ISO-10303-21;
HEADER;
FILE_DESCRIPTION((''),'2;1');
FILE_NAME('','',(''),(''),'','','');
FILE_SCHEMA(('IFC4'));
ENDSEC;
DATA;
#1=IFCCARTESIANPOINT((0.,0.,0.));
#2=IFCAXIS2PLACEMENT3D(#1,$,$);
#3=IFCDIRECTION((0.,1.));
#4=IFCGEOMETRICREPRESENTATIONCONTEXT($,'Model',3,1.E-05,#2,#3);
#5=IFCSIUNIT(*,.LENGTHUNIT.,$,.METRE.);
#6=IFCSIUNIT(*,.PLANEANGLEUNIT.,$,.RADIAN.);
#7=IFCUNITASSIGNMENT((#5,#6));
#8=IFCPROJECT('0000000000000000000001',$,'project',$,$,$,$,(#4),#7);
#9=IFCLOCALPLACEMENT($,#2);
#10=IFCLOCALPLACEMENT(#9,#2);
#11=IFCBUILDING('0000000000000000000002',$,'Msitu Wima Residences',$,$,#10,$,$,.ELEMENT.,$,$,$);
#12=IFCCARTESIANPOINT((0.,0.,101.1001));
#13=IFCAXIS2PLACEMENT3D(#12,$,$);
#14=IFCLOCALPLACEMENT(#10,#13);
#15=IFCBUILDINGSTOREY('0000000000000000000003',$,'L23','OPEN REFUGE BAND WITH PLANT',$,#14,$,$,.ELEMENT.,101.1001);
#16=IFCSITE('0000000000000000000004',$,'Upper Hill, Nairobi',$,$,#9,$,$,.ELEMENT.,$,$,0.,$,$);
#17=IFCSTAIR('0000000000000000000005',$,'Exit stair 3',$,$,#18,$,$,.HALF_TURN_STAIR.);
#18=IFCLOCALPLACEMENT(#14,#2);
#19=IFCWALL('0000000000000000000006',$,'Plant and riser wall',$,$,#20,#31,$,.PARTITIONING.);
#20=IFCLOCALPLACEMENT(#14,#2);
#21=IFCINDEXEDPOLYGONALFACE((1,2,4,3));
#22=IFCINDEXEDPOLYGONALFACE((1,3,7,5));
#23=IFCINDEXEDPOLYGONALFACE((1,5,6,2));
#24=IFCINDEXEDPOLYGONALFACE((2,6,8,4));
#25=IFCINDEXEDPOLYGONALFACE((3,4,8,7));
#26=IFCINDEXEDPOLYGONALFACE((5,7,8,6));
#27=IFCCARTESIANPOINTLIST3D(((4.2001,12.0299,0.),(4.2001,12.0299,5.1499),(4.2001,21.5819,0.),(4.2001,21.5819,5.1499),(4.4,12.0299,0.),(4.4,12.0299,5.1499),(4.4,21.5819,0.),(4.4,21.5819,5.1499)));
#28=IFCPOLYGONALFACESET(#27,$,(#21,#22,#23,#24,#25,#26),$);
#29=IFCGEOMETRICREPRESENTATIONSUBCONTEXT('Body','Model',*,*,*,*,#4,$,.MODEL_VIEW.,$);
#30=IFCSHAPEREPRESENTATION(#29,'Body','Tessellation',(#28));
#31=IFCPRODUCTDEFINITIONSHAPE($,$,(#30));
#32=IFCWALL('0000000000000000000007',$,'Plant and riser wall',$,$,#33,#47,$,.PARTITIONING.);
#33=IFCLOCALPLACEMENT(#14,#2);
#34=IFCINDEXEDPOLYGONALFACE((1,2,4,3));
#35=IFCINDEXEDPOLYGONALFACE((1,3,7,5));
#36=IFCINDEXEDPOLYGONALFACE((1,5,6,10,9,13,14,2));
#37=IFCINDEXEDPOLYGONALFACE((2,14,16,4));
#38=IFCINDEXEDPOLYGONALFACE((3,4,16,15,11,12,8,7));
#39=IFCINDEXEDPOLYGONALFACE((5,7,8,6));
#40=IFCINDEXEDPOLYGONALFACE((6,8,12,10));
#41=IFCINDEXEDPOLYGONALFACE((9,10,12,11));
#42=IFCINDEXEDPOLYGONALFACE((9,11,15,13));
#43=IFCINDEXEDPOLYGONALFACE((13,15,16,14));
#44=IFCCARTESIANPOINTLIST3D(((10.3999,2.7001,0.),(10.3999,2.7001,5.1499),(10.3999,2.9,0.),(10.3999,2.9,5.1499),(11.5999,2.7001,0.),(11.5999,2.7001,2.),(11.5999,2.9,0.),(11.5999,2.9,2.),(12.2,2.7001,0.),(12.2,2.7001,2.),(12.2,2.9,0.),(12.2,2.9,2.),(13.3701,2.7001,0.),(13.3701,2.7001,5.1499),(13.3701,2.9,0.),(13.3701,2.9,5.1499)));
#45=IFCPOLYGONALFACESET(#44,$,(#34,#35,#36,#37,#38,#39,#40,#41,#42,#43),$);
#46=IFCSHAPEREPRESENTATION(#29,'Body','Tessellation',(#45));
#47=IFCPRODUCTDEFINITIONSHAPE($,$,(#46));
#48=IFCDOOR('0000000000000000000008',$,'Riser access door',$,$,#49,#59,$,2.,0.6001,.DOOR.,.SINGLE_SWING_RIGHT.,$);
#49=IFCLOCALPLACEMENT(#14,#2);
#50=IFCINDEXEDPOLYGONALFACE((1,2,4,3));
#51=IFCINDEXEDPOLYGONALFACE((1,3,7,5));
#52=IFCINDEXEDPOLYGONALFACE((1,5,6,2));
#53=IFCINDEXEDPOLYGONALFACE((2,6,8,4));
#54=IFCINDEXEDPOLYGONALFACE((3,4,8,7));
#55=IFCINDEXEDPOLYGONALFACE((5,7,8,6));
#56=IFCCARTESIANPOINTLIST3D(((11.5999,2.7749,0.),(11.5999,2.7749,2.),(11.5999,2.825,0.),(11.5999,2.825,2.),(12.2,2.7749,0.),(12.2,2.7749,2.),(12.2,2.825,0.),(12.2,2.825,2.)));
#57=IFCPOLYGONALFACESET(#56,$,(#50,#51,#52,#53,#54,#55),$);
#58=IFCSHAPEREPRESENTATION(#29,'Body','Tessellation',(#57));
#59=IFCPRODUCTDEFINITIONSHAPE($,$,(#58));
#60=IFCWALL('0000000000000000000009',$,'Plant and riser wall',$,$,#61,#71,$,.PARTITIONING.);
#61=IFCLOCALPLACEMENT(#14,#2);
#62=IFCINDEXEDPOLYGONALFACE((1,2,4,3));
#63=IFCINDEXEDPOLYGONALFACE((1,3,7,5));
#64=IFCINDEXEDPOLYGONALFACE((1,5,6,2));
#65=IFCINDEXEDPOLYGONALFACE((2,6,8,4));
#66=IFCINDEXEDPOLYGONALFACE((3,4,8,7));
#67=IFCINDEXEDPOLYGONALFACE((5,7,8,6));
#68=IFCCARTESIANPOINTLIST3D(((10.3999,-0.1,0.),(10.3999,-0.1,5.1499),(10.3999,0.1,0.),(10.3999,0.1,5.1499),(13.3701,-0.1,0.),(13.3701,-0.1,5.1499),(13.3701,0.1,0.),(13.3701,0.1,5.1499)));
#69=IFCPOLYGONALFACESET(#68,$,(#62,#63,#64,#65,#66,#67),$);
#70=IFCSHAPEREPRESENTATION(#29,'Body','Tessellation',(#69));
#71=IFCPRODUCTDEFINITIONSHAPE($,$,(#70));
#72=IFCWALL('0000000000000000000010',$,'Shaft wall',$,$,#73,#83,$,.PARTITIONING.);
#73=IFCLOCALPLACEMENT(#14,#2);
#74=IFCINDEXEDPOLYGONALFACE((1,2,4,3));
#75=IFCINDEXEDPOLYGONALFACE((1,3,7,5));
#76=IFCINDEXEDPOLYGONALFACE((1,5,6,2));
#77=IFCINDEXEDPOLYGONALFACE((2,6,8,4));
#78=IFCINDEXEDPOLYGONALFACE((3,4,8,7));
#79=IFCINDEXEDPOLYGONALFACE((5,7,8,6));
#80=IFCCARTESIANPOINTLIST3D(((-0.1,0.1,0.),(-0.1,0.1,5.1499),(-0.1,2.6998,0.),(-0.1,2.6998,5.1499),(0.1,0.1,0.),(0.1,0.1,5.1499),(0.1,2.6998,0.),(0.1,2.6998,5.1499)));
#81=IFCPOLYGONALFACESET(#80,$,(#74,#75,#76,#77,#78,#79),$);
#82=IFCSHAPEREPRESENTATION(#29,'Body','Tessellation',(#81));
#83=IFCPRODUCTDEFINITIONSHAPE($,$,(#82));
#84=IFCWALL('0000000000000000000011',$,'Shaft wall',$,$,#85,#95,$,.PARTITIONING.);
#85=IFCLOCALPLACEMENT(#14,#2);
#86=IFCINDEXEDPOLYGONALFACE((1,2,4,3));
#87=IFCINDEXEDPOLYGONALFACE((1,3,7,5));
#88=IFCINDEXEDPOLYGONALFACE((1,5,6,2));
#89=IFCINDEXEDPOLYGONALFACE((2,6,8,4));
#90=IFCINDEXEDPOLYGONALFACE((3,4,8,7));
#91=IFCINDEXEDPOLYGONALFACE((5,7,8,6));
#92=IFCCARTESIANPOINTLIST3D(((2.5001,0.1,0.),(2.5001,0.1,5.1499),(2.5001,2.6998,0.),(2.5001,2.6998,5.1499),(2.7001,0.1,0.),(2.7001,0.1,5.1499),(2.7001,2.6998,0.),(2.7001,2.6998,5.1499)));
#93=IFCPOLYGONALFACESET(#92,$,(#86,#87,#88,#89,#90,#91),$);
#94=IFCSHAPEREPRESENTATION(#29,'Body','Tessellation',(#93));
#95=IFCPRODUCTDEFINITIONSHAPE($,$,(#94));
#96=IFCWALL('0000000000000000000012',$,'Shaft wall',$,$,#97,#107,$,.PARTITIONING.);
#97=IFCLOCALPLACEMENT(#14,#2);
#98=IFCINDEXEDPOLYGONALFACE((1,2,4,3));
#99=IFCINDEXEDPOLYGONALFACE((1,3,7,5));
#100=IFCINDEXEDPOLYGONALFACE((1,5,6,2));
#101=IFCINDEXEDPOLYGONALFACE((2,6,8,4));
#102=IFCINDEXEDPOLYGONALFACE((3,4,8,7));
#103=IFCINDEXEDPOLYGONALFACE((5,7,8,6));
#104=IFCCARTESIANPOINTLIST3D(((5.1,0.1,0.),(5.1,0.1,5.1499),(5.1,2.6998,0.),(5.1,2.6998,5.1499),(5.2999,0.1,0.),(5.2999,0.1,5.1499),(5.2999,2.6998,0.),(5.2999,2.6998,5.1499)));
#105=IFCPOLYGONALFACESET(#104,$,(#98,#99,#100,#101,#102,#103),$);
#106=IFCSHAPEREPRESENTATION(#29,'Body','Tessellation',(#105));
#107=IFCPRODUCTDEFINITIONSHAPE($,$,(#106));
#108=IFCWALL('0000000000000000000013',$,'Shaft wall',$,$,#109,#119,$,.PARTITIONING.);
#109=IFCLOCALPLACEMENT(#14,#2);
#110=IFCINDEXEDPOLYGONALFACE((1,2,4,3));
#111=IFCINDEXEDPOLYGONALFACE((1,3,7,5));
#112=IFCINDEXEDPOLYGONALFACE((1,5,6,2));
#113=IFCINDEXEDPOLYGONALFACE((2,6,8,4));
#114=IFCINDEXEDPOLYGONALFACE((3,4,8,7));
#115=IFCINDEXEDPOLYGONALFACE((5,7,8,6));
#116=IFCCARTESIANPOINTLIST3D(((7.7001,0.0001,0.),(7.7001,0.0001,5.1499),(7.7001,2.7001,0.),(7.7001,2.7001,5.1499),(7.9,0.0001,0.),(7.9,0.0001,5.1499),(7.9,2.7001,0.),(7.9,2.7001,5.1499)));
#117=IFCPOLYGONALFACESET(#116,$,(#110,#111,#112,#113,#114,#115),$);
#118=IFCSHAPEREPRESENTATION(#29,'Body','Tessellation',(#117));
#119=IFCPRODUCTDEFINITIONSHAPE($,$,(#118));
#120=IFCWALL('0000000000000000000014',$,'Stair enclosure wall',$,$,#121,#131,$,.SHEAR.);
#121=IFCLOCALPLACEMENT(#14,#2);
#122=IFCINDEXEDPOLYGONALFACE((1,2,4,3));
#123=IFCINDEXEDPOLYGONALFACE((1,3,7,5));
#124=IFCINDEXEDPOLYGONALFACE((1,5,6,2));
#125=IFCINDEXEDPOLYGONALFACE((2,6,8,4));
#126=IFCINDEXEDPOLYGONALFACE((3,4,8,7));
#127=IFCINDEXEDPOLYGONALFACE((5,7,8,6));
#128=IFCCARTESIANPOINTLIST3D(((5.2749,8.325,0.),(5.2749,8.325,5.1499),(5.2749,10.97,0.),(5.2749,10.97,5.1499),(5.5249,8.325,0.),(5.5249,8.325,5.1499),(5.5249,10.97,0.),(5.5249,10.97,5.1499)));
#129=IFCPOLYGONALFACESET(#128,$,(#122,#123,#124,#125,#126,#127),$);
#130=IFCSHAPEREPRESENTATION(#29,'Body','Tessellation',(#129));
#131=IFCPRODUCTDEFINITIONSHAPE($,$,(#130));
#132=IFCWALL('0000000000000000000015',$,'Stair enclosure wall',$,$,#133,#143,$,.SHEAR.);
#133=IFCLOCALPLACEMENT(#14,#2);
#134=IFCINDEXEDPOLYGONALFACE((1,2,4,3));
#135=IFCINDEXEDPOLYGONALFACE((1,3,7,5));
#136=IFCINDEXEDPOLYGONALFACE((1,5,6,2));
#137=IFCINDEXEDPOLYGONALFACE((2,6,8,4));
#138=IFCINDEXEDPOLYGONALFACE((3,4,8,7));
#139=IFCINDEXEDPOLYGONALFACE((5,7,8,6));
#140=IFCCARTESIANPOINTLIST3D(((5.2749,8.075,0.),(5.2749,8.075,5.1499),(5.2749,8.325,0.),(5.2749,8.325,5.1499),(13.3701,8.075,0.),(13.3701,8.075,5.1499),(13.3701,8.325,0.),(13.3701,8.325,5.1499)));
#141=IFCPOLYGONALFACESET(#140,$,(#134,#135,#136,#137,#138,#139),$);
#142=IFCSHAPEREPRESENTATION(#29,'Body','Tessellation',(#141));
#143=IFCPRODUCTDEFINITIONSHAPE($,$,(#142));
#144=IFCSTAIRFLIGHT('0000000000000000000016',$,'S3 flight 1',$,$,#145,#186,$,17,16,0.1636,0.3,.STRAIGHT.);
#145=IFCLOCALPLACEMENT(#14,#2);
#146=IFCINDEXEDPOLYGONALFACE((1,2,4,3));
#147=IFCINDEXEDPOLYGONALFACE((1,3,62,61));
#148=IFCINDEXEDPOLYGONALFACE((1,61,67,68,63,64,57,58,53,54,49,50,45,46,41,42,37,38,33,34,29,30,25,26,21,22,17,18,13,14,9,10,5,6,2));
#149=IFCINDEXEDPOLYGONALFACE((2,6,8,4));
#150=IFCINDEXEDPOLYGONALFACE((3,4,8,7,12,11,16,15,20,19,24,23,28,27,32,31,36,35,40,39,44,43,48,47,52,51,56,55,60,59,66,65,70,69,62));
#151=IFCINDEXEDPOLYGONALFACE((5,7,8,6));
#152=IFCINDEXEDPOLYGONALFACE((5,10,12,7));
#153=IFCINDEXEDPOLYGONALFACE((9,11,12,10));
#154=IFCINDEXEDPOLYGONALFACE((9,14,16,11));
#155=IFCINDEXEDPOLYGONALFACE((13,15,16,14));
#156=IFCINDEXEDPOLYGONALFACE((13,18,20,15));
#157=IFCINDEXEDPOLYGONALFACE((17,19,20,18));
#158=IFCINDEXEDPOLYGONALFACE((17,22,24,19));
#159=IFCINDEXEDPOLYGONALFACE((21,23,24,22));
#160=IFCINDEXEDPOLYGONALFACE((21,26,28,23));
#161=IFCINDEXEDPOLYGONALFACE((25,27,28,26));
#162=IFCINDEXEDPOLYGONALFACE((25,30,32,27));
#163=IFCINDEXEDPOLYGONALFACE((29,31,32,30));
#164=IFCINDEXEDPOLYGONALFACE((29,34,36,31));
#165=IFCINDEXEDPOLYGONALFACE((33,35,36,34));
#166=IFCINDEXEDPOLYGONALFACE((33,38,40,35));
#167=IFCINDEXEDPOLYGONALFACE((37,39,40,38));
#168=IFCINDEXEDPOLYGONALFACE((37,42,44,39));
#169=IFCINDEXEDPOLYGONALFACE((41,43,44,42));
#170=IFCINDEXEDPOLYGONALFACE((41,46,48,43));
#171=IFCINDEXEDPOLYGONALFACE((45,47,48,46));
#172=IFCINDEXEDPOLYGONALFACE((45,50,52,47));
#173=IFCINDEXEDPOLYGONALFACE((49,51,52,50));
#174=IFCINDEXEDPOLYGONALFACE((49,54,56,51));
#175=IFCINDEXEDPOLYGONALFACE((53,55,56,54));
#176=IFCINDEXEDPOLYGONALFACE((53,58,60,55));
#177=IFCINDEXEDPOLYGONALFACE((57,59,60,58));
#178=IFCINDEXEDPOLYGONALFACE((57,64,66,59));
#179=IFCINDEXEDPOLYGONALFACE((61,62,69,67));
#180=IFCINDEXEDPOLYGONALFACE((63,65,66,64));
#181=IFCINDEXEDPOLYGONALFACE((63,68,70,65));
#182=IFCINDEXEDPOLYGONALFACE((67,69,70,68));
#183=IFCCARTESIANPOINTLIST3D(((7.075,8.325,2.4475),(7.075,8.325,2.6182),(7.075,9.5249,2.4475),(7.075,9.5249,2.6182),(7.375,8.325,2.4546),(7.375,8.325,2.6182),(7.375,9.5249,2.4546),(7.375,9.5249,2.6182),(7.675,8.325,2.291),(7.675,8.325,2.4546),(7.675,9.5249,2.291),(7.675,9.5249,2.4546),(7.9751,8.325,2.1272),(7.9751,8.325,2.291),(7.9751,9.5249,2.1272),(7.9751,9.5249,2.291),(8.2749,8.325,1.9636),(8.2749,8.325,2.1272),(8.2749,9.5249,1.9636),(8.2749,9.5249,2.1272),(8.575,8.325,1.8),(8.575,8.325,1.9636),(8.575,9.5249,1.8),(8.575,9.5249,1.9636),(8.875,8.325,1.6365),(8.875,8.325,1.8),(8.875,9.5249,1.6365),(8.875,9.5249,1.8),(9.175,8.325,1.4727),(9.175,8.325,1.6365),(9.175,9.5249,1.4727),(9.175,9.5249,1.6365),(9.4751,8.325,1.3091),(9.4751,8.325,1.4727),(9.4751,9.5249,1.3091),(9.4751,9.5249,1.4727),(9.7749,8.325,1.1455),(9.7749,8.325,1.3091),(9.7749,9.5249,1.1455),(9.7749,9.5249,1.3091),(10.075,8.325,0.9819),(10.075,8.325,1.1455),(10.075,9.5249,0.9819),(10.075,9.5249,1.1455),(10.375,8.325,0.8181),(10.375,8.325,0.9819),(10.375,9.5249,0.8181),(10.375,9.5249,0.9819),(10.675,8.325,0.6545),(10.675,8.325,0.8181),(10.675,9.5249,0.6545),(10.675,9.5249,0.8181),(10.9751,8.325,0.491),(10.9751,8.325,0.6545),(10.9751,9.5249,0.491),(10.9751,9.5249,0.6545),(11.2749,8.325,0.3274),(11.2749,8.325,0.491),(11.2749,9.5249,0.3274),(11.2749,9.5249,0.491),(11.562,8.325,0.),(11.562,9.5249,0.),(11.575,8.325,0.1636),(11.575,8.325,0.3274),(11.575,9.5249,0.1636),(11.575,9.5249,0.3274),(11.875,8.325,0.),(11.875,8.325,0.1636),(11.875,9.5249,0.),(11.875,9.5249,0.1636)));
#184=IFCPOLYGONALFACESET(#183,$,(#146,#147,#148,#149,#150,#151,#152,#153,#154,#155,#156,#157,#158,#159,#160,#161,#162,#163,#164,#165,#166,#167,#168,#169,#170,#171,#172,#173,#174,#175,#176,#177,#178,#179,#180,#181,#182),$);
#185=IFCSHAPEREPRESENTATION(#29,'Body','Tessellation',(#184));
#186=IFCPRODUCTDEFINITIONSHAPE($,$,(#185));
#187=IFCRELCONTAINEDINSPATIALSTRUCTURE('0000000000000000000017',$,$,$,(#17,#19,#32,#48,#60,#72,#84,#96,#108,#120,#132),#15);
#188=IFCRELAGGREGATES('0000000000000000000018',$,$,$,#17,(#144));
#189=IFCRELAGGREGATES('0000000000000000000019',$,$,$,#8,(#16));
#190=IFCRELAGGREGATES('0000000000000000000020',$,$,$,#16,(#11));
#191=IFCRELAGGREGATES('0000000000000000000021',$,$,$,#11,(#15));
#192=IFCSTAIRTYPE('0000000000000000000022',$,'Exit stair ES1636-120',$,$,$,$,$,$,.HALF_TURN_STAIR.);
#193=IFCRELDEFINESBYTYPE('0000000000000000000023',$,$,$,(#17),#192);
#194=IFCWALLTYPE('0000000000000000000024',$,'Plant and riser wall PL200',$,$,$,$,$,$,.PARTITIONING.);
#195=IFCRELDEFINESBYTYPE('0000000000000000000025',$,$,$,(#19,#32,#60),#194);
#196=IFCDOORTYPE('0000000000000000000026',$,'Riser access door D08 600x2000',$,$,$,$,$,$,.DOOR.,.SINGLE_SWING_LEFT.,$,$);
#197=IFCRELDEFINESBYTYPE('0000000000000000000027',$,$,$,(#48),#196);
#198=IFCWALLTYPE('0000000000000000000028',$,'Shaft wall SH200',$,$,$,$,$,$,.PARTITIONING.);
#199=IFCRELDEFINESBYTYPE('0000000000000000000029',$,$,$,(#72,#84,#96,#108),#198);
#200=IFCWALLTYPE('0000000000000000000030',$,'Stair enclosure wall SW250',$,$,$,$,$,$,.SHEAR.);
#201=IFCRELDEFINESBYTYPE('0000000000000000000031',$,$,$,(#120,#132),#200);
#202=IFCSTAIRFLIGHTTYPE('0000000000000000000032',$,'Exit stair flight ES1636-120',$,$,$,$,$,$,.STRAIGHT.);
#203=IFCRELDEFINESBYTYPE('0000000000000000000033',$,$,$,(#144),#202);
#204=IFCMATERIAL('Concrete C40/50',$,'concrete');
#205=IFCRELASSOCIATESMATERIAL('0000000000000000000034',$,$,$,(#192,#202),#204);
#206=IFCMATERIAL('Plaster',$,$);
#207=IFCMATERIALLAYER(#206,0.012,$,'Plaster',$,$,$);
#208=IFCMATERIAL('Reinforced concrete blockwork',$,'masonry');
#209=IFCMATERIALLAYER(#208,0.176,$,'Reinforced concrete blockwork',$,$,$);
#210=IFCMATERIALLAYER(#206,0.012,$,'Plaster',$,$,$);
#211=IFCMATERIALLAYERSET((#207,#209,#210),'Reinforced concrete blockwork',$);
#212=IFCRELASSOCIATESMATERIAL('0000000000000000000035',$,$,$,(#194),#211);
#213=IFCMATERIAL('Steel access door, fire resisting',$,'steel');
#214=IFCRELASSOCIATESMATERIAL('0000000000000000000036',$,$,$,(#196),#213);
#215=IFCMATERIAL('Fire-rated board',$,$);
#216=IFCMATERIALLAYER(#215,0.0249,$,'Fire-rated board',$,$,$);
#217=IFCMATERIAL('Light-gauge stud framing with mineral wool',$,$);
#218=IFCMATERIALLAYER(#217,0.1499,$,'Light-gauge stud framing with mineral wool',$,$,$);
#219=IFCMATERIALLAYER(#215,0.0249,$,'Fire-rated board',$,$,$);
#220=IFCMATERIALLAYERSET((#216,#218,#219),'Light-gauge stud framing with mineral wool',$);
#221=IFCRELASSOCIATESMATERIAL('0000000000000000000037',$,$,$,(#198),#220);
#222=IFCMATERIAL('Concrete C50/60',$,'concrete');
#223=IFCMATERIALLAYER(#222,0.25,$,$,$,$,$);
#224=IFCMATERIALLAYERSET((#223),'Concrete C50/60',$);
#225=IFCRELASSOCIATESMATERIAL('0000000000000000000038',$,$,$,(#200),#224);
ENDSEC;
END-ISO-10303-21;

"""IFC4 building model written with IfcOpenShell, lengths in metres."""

from ifc_helpers import new_model, si_unit, direction, frame, frame_2d, origin, place, context, subcontext, project, spatial, polyline, rectangle, outline, extrude, material, layer, layer_set, type_object, element, fill, aggregate, save


model = new_model("IFC4")

# Units and contexts
model_context = context("Model", 3, precision=1e-05, world=origin(), true_north=direction((0.0, 1.0)))
body_context = subcontext(model_context, "Body", "Model", "MODEL_VIEW")
ifc_project = project(units=[si_unit("LENGTHUNIT", "METRE"), si_unit("PLANEANGLEUNIT", "RADIAN")], contexts=[model_context])

# Site, building, storey
site_placement = place(None, origin())
site = spatial("IfcSite", under=ifc_project, at=site_placement, Name="Upper Hill, Nairobi", CompositionType="ELEMENT", RefElevation=0.0)
building_placement = place(site_placement, origin())
building = spatial("IfcBuilding", under=site, at=building_placement, Name="Msitu Wima Residences", CompositionType="ELEMENT")
storey_placement = place(building_placement, frame((0.0, 0.0, 101.1001)))
storey = spatial("IfcBuildingStorey", under=building, at=storey_placement, Name="L23", Description="OPEN REFUGE BAND WITH PLANT", CompositionType="ELEMENT", Elevation=101.1001)

# Shared definitions
ifc_material_1 = material(Name="Concrete C50/60", Category="concrete")
ifc_material_2 = material(Name="Concrete C40/50", Category="concrete")

# Stair
stair_type = type_object("IfcStairType", Name="Exit stair ES1636-120", PredefinedType="HALF_TURN_STAIR", material=ifc_material_2)
stair_1_placement = place(storey_placement, origin())
stair_1 = element("IfcStair", 1, at=stair_1_placement, inside=storey, type_object=stair_type, Name="Exit stair 3", PredefinedType="HALF_TURN_STAIR")

# Wall
ifc_material_3 = material(Name="Plaster")
ifc_layer_1 = layer(ifc_material_3, 0.012, Name="Plaster")
ifc_material_4 = material(Name="Reinforced concrete blockwork", Category="masonry")
ifc_layer_2 = layer(ifc_material_4, 0.176, Name="Reinforced concrete blockwork")
ifc_layer_3 = layer(ifc_material_3, 0.012, Name="Plaster")
ifc_layer_set_1 = layer_set([ifc_layer_1, ifc_layer_2, ifc_layer_3], Name="Reinforced concrete blockwork")
wall_type_1 = type_object("IfcWallType", Name="Plant and riser wall PL200", PredefinedType="PARTITIONING", material=ifc_layer_set_1)
wall_1_placement = place(storey_placement, frame((4.3, 12.03, 0.0), z_axis=(0.0, 0.0, 1.0), x_axis=(0.0, 1.0, 0.0)))
element("IfcWall", 2, at=wall_1_placement, inside=storey, type_object=wall_type_1, Name="Plant and riser wall", PredefinedType="PARTITIONING", context=body_context, shape_type="SweptSolid", body=[
    extrude(rectangle(XDim=9.552, YDim=0.2, at=frame_2d((4.7759, 0.0))), origin(), (0.0, 0.0, 1.0), 5.1499),
])

# Wall, opening, door
wall_2_placement = place(storey_placement, frame((10.3999, 2.8, 0.0), z_axis=(0.0, 0.0, 1.0), x_axis=(1.0, 0.0, 0.0)))
wall_2 = element("IfcWall", 3, at=wall_2_placement, inside=storey, type_object=wall_type_1, Name="Plant and riser wall", PredefinedType="PARTITIONING", context=body_context, shape_type="SweptSolid", body=[
    extrude(rectangle(XDim=2.9702, YDim=0.2, at=frame_2d((1.4851, 0.0))), origin(), (0.0, 0.0, 1.0), 5.1499),
])
opening_placement = place(wall_2_placement, frame((1.2, 0.0, 0.0)))
opening = element("IfcOpeningElement", 4, at=opening_placement, cuts=wall_2, PredefinedType="OPENING", context=body_context, shape_type="SweptSolid", body=[
    extrude(rectangle(XDim=0.6001, YDim=2.0, at=frame_2d((0.3, 1.0))), frame((0.0, 0.1099, 0.0), z_axis=(0.0, -1.0, 0.0), x_axis=(1.0, 0.0, 0.0)), (0.0, 0.0, 1.0), 0.22),
])
ifc_material_5 = material(Name="Steel access door, fire resisting", Category="steel")
door_type = type_object("IfcDoorType", Name="Riser access door D08 600x2000", OperationType="SINGLE_SWING_LEFT", PredefinedType="DOOR", material=ifc_material_5)
door_placement = place(opening_placement, origin())
door = element("IfcDoor", 5, at=door_placement, inside=storey, type_object=door_type, Name="Riser access door", OperationType="SINGLE_SWING_RIGHT", OverallHeight=2.0, OverallWidth=0.6001, PredefinedType="DOOR", context=body_context, shape_type="SweptSolid", body=[
    extrude(rectangle(XDim=0.6001, YDim=2.0, at=frame_2d((0.3, 1.0))), frame((0.0, 0.0249, 0.0), z_axis=(0.0, -1.0, 0.0), x_axis=(1.0, 0.0, 0.0)), (0.0, 0.0, 1.0), 0.05),
])
fill(opening, door)

# Walls
wall_3_placement = place(storey_placement, frame((10.3999, 0.0, 0.0), z_axis=(0.0, 0.0, 1.0), x_axis=(1.0, 0.0, 0.0)))
element("IfcWall", 6, at=wall_3_placement, inside=storey, type_object=wall_type_1, Name="Plant and riser wall", PredefinedType="PARTITIONING", context=body_context, shape_type="SweptSolid", body=[
    extrude(rectangle(XDim=2.9702, YDim=0.2, at=frame_2d((1.4851, 0.0))), origin(), (0.0, 0.0, 1.0), 5.1499),
])
ifc_material_6 = material(Name="Fire-rated board")
ifc_layer_4 = layer(ifc_material_6, 0.0249, Name="Fire-rated board")
ifc_material_7 = material(Name="Light-gauge stud framing with mineral wool")
ifc_layer_5 = layer(ifc_material_7, 0.1499, Name="Light-gauge stud framing with mineral wool")
ifc_layer_6 = layer(ifc_material_6, 0.0249, Name="Fire-rated board")
ifc_layer_set_2 = layer_set([ifc_layer_4, ifc_layer_5, ifc_layer_6], Name="Light-gauge stud framing with mineral wool")
wall_type_2 = type_object("IfcWallType", Name="Shaft wall SH200", PredefinedType="PARTITIONING", material=ifc_layer_set_2)
for number, where, z_axis, x_axis, name in (
    (7, (0.0, 0.1001, 0.0), (0.0, 0.0, 1.0), (0.0, 1.0, 0.0), "Shaft wall"),
    (8, (2.6001, 0.1001, 0.0), (0.0, 0.0, 1.0), (0.0, 1.0, 0.0), "Shaft wall"),
    (9, (5.2, 0.1001, 0.0), (0.0, 0.0, 1.0), (0.0, 1.0, 0.0), "Shaft wall"),
):
    element("IfcWall", number, at=place(storey_placement, frame(where, z_axis=z_axis, x_axis=x_axis)), inside=storey, type_object=wall_type_2, Name=name, PredefinedType="PARTITIONING", context=body_context, shape_type="SweptSolid", body=[
        extrude(rectangle(XDim=2.5999, YDim=0.2, at=frame_2d((1.2998, 0.0))), origin(), (0.0, 0.0, 1.0), 5.1499),
    ])
wall_4_placement = place(storey_placement, frame((7.8, 0.0, 0.0), z_axis=(0.0, 0.0, 1.0), x_axis=(0.0, 1.0, 0.0)))
element("IfcWall", 10, at=wall_4_placement, inside=storey, type_object=wall_type_2, Name="Shaft wall", PredefinedType="PARTITIONING", context=body_context, shape_type="SweptSolid", body=[
    extrude(rectangle(XDim=2.7, YDim=0.2, at=frame_2d((1.3501, 0.0))), origin(), (0.0, 0.0, 1.0), 5.1499),
])
ifc_layer_7 = layer(ifc_material_1, 0.25)
ifc_layer_set_3 = layer_set([ifc_layer_7], Name="Concrete C50/60")
wall_type_3 = type_object("IfcWallType", Name="Stair enclosure wall SW250", PredefinedType="SHEAR", material=ifc_layer_set_3)
wall_5_placement = place(storey_placement, frame((5.3999, 8.325, 0.0), z_axis=(0.0, 0.0, 1.0), x_axis=(0.0, 1.0, 0.0)))
element("IfcWall", 11, at=wall_5_placement, inside=storey, type_object=wall_type_3, Name="Stair enclosure wall", PredefinedType="SHEAR", context=body_context, shape_type="SweptSolid", body=[
    extrude(rectangle(XDim=2.645, YDim=0.25, at=frame_2d((1.3225, 0.0))), origin(), (0.0, 0.0, 1.0), 5.1499),
])
wall_6_placement = place(storey_placement, frame((5.2749, 8.2, 0.0), z_axis=(0.0, 0.0, 1.0), x_axis=(1.0, 0.0, 0.0)))
element("IfcWall", 12, at=wall_6_placement, inside=storey, type_object=wall_type_3, Name="Stair enclosure wall", PredefinedType="SHEAR", context=body_context, shape_type="SweptSolid", body=[
    extrude(rectangle(XDim=8.0952, YDim=0.25, at=frame_2d((4.0476, 0.0))), origin(), (0.0, 0.0, 1.0), 5.1499),
])

# Stair flight
stair_flight_type = type_object("IfcStairFlightType", Name="Exit stair flight ES1636-120", PredefinedType="STRAIGHT", material=ifc_material_2)
stair_flight_1_placement = place(storey_placement, frame((11.875, 8.925, 0.0), z_axis=(0.0, 0.0, 1.0), x_axis=(-1.0, 0.0, 0.0)))
stair_flight_1 = element("IfcStairFlight", 13, at=stair_flight_1_placement, type_object=stair_flight_type, Name="S3 flight 1", NumberOfRisers=17, NumberOfTreads=16, PredefinedType="STRAIGHT", RiserHeight=0.1636, TreadLength=0.3, context=body_context, shape_type="SweptSolid", body=[
    extrude(outline(polyline([(0.0, 0.0), (0.0, 0.1636), (0.3, 0.1636), (0.3, 0.3274), (0.6001, 0.3274), (0.6001, 0.491), (0.8999, 0.491), (0.8999, 0.6545), (1.2, 0.6545), (1.2, 0.8181), (1.5, 0.8181), (1.5, 0.9819), (1.8, 0.9819), (1.8, 1.1455), (2.1001, 1.1455), (2.1001, 1.3091), (2.3999, 1.3091), (2.3999, 1.4727), (2.7, 1.4727), (2.7, 1.6365), (3.0, 1.6365), (3.0, 1.8), (3.3, 1.8), (3.3, 1.9636), (3.6001, 1.9636), (3.6001, 2.1272), (3.8999, 2.1272), (3.8999, 2.291), (4.2, 2.291), (4.2, 2.4546), (4.5, 2.4546), (4.5, 2.6182), (4.8, 2.6182), (4.8, 2.7817), (4.8, 2.4475), (0.313, 0.0), (0.0, 0.0)])), frame((0.0, 0.6001, 0.0), z_axis=(0.0, -1.0, 0.0), x_axis=(1.0, 0.0, 0.0)), (0.0, 0.0, 1.0), 1.2),
])
aggregate(stair_1, [stair_flight_1])

save(model, "model.ifc")
